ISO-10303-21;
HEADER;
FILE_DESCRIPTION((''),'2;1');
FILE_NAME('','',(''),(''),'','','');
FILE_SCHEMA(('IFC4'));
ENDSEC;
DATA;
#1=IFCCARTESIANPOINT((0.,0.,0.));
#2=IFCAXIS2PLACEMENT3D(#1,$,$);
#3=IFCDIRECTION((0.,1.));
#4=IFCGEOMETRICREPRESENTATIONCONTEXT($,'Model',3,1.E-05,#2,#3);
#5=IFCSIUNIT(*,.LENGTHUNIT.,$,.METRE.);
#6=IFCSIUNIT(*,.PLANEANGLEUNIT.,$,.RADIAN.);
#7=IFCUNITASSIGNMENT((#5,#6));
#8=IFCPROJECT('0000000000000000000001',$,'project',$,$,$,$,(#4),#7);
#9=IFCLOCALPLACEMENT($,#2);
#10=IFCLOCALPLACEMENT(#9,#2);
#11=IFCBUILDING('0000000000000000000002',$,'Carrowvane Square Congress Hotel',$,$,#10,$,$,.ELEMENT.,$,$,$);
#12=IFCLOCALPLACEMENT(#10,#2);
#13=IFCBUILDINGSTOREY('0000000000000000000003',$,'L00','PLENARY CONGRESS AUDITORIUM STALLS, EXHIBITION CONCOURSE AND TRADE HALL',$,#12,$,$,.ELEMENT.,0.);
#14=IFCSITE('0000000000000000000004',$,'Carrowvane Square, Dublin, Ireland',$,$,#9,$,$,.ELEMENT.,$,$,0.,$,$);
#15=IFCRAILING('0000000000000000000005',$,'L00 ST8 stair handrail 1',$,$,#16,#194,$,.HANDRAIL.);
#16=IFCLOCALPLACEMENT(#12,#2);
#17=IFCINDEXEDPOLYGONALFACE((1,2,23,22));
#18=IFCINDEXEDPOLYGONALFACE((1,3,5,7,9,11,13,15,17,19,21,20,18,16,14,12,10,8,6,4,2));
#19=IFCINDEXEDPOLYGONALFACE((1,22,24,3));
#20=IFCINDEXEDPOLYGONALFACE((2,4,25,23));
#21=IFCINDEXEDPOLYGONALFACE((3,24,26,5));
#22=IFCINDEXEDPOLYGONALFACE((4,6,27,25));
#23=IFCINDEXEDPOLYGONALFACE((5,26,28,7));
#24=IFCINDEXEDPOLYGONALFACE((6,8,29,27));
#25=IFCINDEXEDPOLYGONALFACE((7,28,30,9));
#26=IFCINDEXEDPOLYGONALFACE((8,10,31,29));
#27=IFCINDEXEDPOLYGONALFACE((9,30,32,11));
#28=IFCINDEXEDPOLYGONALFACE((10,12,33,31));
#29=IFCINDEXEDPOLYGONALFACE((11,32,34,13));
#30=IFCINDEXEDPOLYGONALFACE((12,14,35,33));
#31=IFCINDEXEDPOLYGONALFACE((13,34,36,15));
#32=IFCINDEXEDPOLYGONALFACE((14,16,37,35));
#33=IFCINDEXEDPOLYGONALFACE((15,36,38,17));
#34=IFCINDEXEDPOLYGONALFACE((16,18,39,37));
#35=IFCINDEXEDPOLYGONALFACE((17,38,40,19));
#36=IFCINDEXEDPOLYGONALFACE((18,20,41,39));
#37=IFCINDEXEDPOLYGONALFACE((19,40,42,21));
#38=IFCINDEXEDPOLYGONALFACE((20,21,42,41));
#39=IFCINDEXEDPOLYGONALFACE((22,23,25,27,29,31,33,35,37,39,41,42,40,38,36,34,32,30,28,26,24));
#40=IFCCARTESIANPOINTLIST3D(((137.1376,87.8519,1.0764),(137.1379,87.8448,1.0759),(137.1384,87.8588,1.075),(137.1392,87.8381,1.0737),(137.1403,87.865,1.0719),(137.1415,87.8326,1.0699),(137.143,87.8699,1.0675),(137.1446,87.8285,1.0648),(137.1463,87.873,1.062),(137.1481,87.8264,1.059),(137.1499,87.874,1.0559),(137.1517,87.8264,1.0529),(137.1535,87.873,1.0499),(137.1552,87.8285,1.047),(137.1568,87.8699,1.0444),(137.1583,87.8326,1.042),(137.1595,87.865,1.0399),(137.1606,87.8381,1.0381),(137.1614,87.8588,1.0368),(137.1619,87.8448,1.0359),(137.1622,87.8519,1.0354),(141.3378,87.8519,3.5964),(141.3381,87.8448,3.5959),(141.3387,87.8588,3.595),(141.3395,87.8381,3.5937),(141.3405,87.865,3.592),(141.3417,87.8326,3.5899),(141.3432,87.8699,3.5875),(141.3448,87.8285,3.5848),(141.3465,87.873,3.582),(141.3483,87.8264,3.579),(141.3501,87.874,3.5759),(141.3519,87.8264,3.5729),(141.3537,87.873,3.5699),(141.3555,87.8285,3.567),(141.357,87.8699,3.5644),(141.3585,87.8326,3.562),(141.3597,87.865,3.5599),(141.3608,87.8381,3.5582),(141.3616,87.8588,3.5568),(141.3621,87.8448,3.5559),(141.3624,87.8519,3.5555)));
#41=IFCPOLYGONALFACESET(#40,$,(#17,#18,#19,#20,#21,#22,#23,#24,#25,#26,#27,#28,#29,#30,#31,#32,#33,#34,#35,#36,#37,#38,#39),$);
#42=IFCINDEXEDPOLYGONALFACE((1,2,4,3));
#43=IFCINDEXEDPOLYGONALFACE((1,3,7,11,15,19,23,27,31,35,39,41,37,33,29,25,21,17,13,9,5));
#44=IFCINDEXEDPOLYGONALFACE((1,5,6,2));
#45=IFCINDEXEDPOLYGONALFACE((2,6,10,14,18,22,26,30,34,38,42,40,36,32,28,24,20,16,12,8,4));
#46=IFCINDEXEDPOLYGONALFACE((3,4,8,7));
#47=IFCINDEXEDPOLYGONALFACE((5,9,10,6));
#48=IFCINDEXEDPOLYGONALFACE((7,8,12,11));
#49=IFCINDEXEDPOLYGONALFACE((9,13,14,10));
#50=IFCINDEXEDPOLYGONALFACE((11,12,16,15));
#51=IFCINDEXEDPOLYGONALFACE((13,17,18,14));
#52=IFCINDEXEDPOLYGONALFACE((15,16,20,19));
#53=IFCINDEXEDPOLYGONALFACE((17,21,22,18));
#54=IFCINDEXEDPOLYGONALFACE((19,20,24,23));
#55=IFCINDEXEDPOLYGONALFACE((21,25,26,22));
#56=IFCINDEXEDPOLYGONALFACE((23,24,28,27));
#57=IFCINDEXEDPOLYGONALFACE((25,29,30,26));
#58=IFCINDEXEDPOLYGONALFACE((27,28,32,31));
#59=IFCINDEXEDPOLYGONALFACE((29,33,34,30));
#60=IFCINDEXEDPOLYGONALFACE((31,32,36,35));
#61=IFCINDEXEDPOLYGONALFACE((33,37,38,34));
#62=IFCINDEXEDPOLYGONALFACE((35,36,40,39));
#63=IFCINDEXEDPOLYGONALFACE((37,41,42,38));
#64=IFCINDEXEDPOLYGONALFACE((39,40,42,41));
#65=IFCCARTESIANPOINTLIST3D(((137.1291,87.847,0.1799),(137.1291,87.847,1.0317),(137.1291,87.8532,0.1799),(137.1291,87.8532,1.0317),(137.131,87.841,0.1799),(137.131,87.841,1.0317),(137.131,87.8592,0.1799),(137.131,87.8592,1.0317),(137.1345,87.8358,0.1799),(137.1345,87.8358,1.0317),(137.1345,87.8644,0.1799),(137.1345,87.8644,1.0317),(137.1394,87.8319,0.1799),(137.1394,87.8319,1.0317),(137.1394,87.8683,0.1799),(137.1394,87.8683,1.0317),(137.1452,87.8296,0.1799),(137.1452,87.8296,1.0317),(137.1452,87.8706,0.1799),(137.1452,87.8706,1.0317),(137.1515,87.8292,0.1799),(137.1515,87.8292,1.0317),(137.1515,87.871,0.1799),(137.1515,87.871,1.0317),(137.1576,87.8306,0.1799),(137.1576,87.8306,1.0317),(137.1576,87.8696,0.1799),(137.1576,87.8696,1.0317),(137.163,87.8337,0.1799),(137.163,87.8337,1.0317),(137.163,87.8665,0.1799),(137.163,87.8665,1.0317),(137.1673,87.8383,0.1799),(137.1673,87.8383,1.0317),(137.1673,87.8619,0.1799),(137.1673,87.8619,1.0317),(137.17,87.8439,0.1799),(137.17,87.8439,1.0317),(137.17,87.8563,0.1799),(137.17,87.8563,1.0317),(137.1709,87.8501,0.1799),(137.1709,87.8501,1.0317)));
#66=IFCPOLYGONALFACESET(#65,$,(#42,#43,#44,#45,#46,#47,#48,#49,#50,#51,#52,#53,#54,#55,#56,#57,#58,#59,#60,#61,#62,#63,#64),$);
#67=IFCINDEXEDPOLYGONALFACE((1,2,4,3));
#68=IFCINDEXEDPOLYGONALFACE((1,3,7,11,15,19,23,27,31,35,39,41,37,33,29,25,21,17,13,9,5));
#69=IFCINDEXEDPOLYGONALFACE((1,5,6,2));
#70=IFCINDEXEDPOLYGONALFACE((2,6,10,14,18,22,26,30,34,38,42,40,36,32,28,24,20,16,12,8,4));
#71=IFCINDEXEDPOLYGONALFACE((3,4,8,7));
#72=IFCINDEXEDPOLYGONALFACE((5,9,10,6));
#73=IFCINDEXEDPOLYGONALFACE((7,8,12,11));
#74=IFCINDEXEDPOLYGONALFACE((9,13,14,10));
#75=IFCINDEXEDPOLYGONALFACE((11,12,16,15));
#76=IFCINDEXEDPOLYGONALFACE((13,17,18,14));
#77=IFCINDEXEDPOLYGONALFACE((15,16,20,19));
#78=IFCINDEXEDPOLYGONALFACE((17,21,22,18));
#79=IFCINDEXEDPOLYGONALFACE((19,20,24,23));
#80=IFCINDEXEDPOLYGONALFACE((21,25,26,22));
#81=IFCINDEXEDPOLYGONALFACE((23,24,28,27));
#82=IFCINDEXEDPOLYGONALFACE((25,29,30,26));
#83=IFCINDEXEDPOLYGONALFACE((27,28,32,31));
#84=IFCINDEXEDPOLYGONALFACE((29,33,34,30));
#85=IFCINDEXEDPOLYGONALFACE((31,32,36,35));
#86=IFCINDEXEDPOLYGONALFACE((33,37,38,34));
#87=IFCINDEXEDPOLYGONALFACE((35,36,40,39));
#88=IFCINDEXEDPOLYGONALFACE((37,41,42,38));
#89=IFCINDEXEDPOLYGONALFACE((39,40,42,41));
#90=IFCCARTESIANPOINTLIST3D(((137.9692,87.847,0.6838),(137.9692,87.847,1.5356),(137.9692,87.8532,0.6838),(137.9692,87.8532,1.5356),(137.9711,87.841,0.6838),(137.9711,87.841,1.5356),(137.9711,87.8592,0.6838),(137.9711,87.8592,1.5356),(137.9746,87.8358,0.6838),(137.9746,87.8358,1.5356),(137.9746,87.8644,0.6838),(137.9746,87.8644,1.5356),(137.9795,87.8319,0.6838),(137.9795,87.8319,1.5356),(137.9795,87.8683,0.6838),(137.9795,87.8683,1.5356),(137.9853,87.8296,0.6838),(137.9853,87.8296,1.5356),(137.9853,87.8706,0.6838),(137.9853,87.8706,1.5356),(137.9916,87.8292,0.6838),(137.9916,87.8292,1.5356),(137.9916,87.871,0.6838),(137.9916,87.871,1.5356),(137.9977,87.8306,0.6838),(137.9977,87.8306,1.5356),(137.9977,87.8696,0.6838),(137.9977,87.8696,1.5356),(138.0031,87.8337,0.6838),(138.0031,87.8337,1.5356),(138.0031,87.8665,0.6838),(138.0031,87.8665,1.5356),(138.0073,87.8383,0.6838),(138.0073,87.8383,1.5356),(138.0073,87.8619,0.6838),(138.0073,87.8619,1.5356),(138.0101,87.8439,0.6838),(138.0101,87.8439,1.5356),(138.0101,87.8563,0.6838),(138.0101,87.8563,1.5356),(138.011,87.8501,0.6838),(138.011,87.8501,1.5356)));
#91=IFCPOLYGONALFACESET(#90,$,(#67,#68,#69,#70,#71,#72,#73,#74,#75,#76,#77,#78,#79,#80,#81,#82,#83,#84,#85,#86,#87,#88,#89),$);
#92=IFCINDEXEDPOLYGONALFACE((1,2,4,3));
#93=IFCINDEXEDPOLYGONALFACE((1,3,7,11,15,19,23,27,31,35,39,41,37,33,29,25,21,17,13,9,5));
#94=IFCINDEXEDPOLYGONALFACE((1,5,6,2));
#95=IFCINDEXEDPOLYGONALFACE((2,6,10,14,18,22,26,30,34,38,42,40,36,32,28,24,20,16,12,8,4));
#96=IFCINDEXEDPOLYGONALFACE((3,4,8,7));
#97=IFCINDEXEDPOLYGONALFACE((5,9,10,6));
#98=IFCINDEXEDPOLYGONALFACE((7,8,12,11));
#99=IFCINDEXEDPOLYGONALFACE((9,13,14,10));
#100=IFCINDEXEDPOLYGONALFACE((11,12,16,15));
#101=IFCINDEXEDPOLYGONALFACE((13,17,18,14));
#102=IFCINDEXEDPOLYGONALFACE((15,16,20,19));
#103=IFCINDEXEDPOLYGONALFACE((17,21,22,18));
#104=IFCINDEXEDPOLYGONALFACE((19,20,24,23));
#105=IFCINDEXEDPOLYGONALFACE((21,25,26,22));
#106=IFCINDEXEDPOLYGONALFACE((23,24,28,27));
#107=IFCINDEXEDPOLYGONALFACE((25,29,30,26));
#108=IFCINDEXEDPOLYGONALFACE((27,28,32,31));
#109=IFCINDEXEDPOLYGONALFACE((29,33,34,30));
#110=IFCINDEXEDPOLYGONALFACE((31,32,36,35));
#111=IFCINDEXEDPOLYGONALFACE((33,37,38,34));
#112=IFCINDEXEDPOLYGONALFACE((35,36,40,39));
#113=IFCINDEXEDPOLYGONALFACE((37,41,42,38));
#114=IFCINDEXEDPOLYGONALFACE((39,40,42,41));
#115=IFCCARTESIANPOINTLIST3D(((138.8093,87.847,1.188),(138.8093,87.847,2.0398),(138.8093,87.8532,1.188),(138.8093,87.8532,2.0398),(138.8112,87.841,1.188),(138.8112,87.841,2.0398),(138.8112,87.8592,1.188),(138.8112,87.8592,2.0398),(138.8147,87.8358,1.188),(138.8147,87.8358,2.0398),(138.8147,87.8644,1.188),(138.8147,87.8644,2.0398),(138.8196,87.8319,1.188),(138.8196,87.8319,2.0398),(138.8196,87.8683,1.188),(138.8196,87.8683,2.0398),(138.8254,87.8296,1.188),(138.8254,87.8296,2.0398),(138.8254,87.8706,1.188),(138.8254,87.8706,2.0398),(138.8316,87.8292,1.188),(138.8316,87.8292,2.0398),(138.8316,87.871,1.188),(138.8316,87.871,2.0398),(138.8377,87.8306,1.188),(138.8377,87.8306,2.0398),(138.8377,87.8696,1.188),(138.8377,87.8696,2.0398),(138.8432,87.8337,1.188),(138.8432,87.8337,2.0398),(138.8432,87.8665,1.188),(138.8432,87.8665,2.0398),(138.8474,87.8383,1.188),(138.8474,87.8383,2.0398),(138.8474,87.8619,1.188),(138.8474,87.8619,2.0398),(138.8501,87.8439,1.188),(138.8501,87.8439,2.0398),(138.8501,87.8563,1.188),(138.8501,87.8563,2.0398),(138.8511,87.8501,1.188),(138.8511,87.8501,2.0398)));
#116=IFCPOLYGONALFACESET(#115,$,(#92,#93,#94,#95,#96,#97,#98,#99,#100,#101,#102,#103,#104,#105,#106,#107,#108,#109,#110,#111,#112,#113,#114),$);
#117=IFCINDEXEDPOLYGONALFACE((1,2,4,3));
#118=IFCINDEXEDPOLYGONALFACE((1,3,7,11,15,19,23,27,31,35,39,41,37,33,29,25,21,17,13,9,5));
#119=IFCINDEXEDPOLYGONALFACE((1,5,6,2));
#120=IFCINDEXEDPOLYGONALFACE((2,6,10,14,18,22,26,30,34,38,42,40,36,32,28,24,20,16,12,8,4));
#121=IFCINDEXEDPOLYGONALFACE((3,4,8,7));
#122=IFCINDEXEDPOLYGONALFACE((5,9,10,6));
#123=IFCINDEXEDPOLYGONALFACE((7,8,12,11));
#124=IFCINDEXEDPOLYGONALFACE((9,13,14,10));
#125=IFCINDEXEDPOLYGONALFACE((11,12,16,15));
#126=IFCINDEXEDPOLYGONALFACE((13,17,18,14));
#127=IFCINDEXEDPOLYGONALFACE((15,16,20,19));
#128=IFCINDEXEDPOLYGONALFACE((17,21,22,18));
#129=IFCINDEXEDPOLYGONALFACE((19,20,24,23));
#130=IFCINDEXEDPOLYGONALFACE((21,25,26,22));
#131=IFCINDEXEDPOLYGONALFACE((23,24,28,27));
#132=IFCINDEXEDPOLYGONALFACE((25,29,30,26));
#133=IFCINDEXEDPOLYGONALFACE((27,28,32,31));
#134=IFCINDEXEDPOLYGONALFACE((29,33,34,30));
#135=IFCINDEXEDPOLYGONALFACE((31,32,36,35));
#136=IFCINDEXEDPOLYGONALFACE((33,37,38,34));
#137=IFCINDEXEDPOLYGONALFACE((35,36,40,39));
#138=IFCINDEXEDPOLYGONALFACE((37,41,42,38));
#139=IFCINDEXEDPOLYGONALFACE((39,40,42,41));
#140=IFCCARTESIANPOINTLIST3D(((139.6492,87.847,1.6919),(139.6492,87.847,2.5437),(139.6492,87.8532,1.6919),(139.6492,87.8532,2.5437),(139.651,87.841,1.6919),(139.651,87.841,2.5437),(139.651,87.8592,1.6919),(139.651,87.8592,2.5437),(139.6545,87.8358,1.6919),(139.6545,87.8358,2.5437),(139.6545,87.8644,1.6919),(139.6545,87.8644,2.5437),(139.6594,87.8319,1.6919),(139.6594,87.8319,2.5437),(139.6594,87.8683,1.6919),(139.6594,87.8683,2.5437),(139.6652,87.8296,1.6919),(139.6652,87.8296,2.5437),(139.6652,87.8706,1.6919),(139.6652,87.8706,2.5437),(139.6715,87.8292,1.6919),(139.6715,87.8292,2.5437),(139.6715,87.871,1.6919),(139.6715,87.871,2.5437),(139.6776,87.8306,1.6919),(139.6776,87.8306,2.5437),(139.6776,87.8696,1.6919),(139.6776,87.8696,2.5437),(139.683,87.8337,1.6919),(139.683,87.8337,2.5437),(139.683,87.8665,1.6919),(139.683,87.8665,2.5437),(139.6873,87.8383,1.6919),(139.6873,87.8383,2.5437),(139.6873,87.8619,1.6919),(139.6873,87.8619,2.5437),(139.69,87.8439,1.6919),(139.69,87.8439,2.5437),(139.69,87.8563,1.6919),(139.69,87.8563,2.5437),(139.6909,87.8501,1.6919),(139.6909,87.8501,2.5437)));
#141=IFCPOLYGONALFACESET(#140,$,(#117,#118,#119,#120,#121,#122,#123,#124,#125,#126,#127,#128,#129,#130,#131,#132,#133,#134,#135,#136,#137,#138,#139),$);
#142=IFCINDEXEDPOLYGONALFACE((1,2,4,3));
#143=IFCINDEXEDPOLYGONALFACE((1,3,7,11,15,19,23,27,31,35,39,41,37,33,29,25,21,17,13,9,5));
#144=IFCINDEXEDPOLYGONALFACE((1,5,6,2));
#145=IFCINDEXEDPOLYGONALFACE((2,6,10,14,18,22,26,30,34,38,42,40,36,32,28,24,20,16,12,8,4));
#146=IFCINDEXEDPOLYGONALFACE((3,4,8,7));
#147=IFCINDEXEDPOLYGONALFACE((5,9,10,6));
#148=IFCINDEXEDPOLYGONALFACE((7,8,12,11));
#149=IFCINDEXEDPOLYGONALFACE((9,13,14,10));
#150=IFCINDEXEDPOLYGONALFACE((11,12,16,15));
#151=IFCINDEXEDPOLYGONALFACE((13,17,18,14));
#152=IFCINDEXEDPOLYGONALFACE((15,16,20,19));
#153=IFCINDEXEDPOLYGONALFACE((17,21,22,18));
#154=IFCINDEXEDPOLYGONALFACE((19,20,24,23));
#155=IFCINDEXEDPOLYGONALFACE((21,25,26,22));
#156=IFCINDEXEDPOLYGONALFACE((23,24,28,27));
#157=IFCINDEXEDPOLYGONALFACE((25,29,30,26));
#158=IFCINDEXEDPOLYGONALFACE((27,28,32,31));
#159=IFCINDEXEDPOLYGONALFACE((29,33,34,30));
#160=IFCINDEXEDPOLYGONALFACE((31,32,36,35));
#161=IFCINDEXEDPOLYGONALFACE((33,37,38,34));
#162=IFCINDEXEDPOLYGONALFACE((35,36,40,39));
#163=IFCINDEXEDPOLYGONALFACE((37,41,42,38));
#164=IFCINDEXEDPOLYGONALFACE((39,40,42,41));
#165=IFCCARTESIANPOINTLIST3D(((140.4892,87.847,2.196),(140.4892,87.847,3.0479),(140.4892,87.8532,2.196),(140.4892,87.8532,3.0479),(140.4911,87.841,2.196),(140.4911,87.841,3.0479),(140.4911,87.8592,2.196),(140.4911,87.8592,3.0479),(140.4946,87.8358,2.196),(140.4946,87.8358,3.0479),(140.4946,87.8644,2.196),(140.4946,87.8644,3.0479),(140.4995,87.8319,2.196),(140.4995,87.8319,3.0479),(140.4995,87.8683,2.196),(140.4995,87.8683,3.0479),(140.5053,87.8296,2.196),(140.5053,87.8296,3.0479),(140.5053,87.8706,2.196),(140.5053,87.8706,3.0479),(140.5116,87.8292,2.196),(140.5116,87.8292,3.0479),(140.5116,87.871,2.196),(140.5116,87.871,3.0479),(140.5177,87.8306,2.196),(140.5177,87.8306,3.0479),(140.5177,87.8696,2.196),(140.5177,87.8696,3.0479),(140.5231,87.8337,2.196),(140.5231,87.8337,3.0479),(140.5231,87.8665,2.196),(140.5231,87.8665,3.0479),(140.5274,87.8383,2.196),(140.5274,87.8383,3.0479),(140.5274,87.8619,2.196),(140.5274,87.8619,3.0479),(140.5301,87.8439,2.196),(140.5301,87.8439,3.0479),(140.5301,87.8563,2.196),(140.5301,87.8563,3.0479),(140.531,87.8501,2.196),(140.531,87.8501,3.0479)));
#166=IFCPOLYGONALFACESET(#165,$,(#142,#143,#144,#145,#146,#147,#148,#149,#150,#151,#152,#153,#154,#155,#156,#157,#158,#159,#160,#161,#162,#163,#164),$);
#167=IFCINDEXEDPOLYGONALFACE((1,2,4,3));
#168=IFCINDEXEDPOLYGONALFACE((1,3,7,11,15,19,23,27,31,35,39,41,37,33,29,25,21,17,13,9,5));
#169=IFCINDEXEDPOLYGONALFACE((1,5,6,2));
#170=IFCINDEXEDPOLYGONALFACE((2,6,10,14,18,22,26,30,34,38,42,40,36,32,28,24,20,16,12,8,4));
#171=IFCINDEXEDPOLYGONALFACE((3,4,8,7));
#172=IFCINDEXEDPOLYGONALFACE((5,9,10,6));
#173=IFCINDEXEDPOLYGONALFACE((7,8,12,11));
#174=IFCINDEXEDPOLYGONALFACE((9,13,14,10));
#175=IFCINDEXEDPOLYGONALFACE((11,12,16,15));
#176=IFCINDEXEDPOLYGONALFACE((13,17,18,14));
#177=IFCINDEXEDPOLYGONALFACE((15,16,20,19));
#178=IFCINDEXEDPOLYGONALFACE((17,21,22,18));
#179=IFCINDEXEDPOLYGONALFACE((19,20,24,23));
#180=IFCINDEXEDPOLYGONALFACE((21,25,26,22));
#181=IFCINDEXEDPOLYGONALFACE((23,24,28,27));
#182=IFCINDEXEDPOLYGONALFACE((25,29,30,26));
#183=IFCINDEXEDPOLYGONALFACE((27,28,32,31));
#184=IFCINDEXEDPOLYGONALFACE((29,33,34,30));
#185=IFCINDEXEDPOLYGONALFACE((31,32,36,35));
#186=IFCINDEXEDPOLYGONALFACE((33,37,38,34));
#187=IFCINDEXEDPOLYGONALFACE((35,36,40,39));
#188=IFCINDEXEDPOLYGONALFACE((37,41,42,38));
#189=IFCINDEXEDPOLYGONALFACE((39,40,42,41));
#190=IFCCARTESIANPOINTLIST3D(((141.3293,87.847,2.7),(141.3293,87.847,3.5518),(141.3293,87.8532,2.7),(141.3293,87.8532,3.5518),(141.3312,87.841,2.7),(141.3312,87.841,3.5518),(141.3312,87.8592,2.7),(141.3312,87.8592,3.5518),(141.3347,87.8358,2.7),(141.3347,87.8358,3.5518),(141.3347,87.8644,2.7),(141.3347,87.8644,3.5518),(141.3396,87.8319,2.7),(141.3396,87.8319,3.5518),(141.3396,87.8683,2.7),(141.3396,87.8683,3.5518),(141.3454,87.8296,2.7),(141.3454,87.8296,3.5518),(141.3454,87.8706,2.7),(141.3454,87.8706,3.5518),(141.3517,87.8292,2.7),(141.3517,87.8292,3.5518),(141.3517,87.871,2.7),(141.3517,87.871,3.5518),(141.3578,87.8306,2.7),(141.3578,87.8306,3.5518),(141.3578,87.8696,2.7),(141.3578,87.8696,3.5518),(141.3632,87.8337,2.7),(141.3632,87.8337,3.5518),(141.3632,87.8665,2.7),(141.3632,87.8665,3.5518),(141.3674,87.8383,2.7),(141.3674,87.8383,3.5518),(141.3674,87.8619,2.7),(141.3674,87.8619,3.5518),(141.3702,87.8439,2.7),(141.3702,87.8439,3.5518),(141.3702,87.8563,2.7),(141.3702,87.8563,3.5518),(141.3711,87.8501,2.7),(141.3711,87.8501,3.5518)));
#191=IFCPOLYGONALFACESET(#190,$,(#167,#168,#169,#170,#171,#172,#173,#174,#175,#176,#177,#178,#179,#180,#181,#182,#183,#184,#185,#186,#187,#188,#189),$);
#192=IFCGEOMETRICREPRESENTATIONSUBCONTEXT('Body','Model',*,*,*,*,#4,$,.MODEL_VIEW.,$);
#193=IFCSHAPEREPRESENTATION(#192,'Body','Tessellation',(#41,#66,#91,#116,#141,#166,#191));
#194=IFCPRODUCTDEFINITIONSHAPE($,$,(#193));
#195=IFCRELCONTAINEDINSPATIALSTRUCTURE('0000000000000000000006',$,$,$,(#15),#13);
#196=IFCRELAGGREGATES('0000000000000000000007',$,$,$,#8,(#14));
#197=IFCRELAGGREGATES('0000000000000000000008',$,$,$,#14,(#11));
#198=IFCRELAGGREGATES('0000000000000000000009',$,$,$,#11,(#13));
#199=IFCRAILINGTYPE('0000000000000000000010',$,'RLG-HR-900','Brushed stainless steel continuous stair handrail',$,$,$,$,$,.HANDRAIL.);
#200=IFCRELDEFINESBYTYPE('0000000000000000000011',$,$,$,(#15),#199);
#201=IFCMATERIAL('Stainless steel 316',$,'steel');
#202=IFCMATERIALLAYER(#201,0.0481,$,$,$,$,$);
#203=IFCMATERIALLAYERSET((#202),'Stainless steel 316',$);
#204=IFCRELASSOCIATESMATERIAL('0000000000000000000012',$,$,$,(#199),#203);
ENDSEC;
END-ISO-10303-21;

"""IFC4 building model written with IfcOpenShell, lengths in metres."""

from ifc_helpers import new_model, si_unit, direction, frame, origin, origin_2d, place, context, subcontext, project, spatial, circle, extrude, material, layer, layer_set, type_object, element, save


model = new_model("IFC4")

# Units and contexts
model_context = context("Model", 3, precision=1e-05, world=origin(), true_north=direction((0.0, 1.0)))
body_context = subcontext(model_context, "Body", "Model", "MODEL_VIEW")
ifc_project = project(units=[si_unit("LENGTHUNIT", "METRE"), si_unit("PLANEANGLEUNIT", "RADIAN")], contexts=[model_context])

# Site, building, storey
site_placement = place(None, origin())
site = spatial("IfcSite", under=ifc_project, at=site_placement, Name="Carrowvane Square, Dublin, Ireland", CompositionType="ELEMENT", RefElevation=0.0)
building_placement = place(site_placement, origin())
building = spatial("IfcBuilding", under=site, at=building_placement, Name="Carrowvane Square Congress Hotel", CompositionType="ELEMENT")
storey_placement = place(building_placement, origin())
storey = spatial("IfcBuildingStorey", under=building, at=storey_placement, Name="L00", Description="PLENARY CONGRESS AUDITORIUM STALLS, EXHIBITION CONCOURSE AND TRADE HALL", CompositionType="ELEMENT", Elevation=0.0)

# Railing
ifc_material_1 = material(Name="Stainless steel 316", Category="steel")
ifc_layer_1 = layer(ifc_material_1, 0.0481)
ifc_layer_set_1 = layer_set([ifc_layer_1], Name="Stainless steel 316")
railing_type_1 = type_object("IfcRailingType", Name="RLG-HR-900", Description="Brushed stainless steel continuous stair handrail", PredefinedType="HANDRAIL", material=ifc_layer_set_1)
railing_1_placement = place(storey_placement, frame((137.1499, 87.8501, 0.1799)))
element("IfcRailing", 1, at=railing_1_placement, inside=storey, type_object=railing_type_1, Name="L00 ST8 stair handrail 1", PredefinedType="HANDRAIL", context=body_context, shape_type="SweptSolid", body=[
    extrude(circle(Radius=0.0239, at=origin_2d()), frame((0.0, 0.0, 0.876), z_axis=(0.857502, 0.0, 0.514481), x_axis=(0.0, 1.0, 0.0)), (0.0, 0.0, 1.0), 4.8982),
    extrude(circle(Radius=0.021, at=origin_2d()), origin(), (0.0, 0.0, 1.0), 0.8518),
    extrude(circle(Radius=0.021, at=origin_2d()), frame((0.8401, 0.0, 0.5039)), (0.0, 0.0, 1.0), 0.8518),
    extrude(circle(Radius=0.021, at=origin_2d()), frame((1.6802, 0.0, 1.0081)), (0.0, 0.0, 1.0), 0.8518),
    extrude(circle(Radius=0.021, at=origin_2d()), frame((2.52, 0.0, 1.512)), (0.0, 0.0, 1.0), 0.8518),
    extrude(circle(Radius=0.021, at=origin_2d()), frame((3.3601, 0.0, 2.0161)), (0.0, 0.0, 1.0), 0.8518),
    extrude(circle(Radius=0.021, at=origin_2d()), frame((4.2002, 0.0, 2.52)), (0.0, 0.0, 1.0), 0.8518),
])

save(model, "model.ifc")
